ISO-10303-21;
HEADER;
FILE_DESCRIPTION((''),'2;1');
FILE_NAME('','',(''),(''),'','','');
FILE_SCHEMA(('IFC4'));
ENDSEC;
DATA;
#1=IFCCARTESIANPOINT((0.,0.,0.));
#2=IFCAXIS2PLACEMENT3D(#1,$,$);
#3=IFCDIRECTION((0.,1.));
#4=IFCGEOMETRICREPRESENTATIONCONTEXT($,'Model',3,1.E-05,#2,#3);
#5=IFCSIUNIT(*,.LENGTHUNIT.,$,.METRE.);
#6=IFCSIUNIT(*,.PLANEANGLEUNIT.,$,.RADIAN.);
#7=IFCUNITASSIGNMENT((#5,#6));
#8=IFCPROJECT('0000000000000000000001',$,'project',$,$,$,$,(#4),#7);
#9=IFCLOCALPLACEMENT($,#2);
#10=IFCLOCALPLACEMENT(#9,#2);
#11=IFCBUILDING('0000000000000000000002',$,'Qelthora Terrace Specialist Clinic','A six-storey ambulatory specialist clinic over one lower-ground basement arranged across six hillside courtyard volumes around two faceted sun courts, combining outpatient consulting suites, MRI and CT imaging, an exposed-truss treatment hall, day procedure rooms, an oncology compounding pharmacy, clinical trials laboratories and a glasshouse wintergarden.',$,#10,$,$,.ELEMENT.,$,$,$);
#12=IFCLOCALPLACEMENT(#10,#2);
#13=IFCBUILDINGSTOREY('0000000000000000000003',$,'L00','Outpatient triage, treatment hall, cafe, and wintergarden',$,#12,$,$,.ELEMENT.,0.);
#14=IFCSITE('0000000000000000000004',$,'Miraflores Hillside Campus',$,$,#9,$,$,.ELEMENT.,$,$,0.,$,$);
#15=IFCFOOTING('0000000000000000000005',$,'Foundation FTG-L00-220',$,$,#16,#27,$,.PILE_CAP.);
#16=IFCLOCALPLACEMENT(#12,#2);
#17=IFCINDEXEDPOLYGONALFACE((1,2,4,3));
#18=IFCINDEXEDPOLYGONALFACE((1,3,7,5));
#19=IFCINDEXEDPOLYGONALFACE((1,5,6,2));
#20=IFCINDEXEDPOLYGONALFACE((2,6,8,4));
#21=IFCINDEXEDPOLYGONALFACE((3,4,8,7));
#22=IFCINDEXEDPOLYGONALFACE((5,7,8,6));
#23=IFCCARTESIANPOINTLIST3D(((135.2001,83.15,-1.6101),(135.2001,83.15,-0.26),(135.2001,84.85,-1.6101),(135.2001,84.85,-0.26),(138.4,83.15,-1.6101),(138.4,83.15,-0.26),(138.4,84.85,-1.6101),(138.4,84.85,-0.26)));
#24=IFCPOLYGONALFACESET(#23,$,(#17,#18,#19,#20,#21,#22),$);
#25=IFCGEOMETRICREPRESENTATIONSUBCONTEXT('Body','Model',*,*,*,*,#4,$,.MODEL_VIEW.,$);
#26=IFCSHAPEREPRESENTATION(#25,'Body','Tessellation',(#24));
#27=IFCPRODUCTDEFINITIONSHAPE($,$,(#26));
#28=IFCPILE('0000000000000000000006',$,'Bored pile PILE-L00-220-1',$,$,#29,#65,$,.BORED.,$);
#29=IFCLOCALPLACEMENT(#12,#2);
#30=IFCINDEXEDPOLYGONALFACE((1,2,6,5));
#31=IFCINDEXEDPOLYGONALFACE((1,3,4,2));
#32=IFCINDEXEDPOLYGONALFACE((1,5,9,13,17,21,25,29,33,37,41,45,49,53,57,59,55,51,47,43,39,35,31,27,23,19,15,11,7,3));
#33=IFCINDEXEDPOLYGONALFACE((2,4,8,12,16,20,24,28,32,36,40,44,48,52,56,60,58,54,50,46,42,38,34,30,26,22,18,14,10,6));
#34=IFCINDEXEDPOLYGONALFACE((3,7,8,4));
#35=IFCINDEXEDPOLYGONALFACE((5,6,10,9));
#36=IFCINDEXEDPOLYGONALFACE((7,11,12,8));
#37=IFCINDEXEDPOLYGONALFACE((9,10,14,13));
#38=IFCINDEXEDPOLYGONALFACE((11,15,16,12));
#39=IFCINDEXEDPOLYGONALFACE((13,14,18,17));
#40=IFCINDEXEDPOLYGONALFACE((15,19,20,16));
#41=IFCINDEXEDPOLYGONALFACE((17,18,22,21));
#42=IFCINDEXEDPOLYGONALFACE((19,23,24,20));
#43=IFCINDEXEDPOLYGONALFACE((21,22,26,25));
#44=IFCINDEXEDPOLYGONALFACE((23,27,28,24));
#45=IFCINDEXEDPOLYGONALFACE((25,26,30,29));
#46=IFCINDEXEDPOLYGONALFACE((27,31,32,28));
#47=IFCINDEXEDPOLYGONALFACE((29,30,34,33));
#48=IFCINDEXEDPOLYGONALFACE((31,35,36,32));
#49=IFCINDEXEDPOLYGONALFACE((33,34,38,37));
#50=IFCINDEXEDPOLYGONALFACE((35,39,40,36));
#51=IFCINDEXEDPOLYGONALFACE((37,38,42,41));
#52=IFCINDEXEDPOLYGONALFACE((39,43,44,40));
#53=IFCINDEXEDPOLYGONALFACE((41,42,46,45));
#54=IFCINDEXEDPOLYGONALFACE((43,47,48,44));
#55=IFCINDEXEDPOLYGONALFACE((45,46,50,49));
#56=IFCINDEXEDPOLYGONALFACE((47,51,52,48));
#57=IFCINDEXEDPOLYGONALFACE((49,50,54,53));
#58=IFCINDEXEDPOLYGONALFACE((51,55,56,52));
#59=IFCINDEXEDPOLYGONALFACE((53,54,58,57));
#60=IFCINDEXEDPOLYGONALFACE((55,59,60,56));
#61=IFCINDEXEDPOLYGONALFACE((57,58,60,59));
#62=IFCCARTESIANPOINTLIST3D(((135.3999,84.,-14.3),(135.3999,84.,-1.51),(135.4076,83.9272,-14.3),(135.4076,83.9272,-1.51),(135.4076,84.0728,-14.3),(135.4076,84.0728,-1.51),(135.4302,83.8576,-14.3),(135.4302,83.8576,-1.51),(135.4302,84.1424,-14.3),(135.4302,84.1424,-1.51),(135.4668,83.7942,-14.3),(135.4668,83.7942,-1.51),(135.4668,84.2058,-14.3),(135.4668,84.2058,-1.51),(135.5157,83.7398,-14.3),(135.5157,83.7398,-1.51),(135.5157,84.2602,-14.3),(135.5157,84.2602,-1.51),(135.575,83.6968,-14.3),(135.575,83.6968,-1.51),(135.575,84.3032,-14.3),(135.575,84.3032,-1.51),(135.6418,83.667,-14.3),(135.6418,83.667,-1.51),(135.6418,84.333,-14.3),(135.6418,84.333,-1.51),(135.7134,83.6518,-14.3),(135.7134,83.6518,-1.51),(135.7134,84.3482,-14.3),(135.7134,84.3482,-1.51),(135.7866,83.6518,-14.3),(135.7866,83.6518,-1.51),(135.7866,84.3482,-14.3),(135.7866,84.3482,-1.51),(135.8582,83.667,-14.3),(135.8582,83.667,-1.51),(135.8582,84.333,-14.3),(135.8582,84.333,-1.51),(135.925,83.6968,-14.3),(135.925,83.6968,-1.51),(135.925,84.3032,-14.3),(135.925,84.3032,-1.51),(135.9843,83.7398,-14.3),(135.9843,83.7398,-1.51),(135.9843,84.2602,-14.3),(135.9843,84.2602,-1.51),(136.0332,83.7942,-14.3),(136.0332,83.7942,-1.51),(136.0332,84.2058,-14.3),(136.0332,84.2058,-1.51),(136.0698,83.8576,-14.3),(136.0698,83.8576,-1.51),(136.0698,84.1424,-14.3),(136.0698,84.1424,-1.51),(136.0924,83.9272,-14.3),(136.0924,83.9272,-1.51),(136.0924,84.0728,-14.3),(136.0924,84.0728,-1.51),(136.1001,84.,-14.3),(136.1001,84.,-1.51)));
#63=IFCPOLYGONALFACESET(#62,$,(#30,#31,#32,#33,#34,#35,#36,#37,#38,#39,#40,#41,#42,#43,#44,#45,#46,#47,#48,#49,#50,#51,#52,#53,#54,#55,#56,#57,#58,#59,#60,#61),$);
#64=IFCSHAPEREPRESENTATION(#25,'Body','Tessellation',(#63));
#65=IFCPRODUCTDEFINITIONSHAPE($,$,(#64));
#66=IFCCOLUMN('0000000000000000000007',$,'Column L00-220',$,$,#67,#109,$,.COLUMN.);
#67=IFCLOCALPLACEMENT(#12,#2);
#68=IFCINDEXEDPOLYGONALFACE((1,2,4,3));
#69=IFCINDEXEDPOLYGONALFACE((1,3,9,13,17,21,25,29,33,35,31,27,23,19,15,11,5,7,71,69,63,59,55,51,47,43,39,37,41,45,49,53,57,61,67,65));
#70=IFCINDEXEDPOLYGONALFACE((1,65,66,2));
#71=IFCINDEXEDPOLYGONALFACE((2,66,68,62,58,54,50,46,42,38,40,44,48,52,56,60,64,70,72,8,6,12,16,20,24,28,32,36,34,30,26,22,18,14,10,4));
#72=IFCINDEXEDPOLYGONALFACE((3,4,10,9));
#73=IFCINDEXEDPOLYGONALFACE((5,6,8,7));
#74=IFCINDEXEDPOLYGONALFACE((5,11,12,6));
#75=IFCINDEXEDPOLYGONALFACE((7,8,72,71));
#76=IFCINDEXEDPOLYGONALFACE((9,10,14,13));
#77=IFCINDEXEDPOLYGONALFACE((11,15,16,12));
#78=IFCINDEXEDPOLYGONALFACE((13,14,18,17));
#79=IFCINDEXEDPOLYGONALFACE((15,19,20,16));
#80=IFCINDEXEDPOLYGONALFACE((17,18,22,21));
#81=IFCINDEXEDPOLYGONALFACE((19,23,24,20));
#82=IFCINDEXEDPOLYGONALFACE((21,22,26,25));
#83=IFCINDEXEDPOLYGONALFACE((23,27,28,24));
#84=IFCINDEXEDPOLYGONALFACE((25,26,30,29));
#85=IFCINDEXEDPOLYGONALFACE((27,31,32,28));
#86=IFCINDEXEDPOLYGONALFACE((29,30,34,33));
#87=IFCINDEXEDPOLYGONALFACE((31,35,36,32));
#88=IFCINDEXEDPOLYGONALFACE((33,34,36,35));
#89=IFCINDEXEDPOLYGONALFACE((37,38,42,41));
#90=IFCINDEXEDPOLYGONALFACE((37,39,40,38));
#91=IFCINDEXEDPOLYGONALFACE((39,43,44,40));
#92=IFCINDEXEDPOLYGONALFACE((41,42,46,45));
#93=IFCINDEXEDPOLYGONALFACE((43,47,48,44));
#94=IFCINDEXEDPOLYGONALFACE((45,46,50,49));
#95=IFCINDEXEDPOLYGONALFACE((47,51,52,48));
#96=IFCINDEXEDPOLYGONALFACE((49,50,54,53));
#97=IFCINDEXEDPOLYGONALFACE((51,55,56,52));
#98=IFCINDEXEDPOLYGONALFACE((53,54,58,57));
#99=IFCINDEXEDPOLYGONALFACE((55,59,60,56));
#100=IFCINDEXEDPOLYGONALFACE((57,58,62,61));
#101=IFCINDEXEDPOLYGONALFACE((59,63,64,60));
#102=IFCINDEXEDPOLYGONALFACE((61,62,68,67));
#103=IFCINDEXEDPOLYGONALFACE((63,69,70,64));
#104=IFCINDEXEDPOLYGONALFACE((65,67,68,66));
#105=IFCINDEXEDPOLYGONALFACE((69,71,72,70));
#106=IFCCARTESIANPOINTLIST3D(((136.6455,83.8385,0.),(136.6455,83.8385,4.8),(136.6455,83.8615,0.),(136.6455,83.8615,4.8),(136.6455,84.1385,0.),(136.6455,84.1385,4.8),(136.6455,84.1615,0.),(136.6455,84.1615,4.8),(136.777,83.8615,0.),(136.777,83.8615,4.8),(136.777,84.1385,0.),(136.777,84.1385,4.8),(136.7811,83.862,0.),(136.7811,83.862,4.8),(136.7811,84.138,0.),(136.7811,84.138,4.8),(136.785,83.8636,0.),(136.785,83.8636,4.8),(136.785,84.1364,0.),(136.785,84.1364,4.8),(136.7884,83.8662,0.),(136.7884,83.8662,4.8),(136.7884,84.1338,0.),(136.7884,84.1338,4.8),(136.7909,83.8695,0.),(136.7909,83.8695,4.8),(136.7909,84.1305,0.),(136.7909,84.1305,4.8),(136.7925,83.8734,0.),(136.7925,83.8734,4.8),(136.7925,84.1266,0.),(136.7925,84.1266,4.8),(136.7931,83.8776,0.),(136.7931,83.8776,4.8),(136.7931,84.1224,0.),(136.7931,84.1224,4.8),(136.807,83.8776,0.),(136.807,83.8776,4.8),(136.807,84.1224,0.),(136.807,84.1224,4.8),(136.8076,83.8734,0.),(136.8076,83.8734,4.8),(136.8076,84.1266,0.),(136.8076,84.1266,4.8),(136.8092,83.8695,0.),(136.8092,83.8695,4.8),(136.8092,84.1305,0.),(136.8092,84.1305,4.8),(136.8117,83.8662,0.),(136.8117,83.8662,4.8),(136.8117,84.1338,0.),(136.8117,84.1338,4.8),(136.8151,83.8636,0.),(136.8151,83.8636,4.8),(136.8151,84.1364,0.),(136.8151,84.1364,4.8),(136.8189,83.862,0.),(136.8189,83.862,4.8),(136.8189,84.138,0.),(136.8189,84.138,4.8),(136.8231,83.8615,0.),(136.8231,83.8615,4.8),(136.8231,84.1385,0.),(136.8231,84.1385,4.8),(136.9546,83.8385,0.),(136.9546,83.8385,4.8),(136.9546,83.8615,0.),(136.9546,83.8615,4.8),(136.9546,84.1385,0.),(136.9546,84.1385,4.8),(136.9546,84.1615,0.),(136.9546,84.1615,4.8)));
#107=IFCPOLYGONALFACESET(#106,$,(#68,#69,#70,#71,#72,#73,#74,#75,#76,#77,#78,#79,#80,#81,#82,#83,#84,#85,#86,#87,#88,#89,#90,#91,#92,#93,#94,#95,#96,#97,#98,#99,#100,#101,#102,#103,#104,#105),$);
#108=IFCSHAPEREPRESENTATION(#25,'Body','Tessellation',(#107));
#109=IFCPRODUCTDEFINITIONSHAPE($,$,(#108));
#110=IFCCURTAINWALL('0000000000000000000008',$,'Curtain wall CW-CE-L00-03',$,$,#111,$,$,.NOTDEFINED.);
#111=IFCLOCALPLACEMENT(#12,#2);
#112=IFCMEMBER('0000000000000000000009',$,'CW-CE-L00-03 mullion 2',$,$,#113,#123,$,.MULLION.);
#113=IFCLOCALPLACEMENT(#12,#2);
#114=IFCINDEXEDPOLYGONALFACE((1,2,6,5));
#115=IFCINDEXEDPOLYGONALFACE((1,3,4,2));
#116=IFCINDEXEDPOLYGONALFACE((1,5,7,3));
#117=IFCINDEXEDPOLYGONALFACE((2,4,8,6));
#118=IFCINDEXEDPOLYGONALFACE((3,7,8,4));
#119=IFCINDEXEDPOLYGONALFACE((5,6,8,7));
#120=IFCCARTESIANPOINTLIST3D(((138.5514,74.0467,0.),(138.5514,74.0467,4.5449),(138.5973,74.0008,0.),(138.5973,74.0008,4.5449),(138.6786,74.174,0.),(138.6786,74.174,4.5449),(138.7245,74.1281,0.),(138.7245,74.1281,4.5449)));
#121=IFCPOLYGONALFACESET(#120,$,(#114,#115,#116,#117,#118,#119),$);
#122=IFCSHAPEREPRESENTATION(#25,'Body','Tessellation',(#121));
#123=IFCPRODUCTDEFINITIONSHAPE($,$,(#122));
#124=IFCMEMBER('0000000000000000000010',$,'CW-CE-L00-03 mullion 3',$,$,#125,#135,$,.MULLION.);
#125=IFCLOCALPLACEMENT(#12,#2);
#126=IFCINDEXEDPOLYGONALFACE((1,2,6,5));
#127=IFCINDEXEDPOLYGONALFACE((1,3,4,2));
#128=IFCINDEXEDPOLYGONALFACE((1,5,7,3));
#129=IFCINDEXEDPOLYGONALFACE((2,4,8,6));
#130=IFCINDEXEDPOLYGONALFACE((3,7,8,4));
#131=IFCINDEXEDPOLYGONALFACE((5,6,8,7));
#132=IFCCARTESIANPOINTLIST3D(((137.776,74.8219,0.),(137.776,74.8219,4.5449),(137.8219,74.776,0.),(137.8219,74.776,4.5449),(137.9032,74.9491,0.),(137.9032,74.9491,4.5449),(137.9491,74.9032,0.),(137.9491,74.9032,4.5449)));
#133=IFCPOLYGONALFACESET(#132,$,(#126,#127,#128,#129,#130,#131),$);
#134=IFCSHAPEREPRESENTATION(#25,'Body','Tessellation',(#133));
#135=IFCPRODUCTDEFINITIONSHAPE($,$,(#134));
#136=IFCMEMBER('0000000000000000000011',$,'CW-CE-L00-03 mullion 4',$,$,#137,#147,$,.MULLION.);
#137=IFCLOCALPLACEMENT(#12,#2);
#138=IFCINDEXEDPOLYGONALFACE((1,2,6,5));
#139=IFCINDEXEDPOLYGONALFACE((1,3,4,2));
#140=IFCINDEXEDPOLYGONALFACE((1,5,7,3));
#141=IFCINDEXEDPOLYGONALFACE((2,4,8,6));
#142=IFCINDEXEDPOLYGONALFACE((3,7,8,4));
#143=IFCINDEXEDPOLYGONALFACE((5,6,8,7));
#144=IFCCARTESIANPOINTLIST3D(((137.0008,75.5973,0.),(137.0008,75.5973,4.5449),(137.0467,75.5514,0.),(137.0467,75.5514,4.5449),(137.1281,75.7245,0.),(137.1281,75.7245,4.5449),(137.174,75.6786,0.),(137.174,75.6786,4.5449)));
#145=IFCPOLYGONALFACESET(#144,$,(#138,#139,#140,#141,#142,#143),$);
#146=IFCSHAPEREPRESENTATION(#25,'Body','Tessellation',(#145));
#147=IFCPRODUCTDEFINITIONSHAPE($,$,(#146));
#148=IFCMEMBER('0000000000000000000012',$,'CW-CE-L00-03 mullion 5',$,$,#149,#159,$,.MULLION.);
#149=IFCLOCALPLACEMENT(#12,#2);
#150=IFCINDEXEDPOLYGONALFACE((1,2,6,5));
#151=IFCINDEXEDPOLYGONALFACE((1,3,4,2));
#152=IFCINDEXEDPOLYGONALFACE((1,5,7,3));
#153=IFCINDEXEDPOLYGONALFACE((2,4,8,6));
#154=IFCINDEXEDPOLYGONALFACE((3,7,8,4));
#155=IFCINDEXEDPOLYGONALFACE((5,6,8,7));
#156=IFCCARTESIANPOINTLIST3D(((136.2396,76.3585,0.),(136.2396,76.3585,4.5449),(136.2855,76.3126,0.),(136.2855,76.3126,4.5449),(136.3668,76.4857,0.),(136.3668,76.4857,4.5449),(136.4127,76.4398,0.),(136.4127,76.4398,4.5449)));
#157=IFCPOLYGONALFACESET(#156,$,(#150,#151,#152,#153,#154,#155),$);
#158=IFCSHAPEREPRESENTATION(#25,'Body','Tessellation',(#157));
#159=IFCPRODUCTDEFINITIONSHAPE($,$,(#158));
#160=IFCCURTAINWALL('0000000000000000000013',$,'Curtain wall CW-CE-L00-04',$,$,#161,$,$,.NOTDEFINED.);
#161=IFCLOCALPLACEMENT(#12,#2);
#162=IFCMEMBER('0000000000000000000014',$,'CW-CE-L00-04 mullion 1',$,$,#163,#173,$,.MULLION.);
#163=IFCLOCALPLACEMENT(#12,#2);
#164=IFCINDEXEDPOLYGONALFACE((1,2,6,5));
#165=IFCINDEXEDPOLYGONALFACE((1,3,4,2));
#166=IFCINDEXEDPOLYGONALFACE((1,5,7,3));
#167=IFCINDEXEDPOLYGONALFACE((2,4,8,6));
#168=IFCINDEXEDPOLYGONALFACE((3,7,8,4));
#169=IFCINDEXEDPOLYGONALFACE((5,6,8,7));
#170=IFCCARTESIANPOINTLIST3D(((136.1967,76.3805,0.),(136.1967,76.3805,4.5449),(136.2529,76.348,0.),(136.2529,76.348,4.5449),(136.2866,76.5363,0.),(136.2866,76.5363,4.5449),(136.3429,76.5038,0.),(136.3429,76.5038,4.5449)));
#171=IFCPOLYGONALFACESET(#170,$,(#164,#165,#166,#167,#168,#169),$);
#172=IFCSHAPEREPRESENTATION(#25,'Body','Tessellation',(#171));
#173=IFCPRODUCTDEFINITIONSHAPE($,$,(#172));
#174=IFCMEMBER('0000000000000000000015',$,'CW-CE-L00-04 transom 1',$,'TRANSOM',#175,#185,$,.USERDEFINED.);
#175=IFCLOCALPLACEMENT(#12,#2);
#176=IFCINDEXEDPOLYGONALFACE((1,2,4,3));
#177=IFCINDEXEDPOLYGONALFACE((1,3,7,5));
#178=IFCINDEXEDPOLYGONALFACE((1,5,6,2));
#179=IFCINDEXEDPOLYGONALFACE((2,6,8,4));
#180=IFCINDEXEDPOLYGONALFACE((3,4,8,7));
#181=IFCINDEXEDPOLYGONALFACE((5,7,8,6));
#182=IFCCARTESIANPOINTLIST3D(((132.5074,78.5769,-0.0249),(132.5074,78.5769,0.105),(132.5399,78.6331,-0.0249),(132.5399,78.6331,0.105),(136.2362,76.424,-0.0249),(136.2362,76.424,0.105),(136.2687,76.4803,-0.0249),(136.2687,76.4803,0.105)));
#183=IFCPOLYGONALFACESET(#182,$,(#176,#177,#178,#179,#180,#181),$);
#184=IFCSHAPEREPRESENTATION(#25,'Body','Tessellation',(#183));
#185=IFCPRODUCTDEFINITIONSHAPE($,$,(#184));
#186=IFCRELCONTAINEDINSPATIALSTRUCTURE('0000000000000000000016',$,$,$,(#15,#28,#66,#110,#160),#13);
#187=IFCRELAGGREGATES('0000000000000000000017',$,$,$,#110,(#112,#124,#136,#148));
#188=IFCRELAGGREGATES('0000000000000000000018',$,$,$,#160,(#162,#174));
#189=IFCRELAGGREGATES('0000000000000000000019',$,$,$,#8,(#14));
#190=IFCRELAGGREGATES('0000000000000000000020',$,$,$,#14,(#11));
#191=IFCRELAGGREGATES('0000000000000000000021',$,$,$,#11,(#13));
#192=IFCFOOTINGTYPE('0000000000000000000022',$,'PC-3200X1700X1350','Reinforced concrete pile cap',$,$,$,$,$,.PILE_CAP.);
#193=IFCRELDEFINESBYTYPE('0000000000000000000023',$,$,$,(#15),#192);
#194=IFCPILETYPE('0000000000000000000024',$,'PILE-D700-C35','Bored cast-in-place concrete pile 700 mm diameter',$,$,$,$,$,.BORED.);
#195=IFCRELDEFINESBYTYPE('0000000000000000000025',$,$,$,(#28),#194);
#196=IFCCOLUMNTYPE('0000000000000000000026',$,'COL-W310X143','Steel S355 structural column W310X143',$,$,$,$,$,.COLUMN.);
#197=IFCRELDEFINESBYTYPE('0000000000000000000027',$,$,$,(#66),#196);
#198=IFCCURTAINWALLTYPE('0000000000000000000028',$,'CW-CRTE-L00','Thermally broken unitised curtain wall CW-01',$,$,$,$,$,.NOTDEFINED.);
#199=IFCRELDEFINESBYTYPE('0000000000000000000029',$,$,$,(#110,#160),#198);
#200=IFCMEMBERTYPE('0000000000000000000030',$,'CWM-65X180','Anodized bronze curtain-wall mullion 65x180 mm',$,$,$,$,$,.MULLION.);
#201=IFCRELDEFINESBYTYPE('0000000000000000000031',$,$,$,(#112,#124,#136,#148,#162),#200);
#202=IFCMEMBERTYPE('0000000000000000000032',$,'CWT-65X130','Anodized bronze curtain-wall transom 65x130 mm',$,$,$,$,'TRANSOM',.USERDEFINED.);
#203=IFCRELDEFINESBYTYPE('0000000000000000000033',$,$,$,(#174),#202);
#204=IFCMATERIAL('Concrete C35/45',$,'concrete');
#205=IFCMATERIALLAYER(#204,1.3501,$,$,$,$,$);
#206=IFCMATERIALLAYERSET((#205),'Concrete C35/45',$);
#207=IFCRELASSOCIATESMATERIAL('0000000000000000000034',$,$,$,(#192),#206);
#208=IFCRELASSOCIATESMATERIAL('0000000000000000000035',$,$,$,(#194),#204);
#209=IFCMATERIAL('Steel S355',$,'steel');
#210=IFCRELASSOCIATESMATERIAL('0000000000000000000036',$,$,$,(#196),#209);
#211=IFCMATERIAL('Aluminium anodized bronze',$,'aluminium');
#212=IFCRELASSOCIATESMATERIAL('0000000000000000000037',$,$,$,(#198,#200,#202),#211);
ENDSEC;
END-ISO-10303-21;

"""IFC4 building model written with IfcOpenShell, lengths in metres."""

from ifc_helpers import new_model, si_unit, direction, frame, origin, origin_2d, place, context, subcontext, project, spatial, rectangle, circle, i_section, extrude, material, layer, layer_set, material_profile, profile_set, type_object, element, aggregate, save


model = new_model("IFC4")

# Units and contexts
model_context = context("Model", 3, precision=1e-05, world=origin(), true_north=direction((0.0, 1.0)))
body_context = subcontext(model_context, "Body", "Model", "MODEL_VIEW")
ifc_project = project(units=[si_unit("LENGTHUNIT", "METRE"), si_unit("PLANEANGLEUNIT", "RADIAN")], contexts=[model_context])

# Site, building, storey
site_placement = place(None, origin())
site = spatial("IfcSite", under=ifc_project, at=site_placement, Name="Miraflores Hillside Campus", CompositionType="ELEMENT", RefElevation=0.0)
building_placement = place(site_placement, origin())
building = spatial("IfcBuilding", under=site, at=building_placement, Name="Qelthora Terrace Specialist Clinic", Description="A six-storey ambulatory specialist clinic over one lower-ground basement arranged across six hillside courtyard volumes around two faceted sun courts, combining outpatient consulting suites, MRI and CT imaging, an exposed-truss treatment hall, day procedure rooms, an oncology compounding pharmacy, clinical trials laboratories and a glasshouse wintergarden.", CompositionType="ELEMENT")
storey_placement = place(building_placement, origin())
storey = spatial("IfcBuildingStorey", under=building, at=storey_placement, Name="L00", Description="Outpatient triage, treatment hall, cafe, and wintergarden", CompositionType="ELEMENT", Elevation=0.0)

# Footing
ifc_material_1 = material(Name="Concrete C35/45", Category="concrete")
ifc_layer_1 = layer(ifc_material_1, 1.3501)
ifc_layer_set_1 = layer_set([ifc_layer_1], Name="Concrete C35/45")
footing_type = type_object("IfcFootingType", Name="PC-3200X1700X1350", Description="Reinforced concrete pile cap", PredefinedType="PILE_CAP", material=ifc_layer_set_1)
footing_placement = place(storey_placement, frame((136.8, 84.0, -1.6101), z_axis=(0.0, 0.0, 1.0), x_axis=(1.0, 0.0, 0.0)))
element("IfcFooting", 1, at=footing_placement, inside=storey, type_object=footing_type, Name="Foundation FTG-L00-220", PredefinedType="PILE_CAP", context=body_context, shape_type="SweptSolid", body=[
    extrude(rectangle(XDim=3.2, YDim=1.7, at=origin_2d()), origin(), (0.0, 0.0, 1.0), 1.3501),
])

# Pile
ifc_material_profile_1 = material_profile(ifc_material_1, circle(Radius=0.3501, at=origin_2d()), Name="PILE700")
ifc_profile_set_1 = profile_set([ifc_material_profile_1], Name="Concrete C35/45")
pile_type = type_object("IfcPileType", Name="PILE-D700-C35", Description="Bored cast-in-place concrete pile 700 mm diameter", PredefinedType="BORED", material=ifc_profile_set_1)
pile_placement = place(storey_placement, frame((135.75, 84.0, -1.51), z_axis=(0.0, 0.0, -1.0), x_axis=(1.0, 0.0, 0.0)))
element("IfcPile", 2, at=pile_placement, inside=storey, type_object=pile_type, Name="Bored pile PILE-L00-220-1", PredefinedType="BORED", context=body_context, shape_type="SweptSolid", body=[
    extrude(circle(Radius=0.3501, at=origin_2d()), origin(), (0.0, 0.0, 1.0), 12.79),
])

# Column
ifc_material_2 = material(Name="Steel S355", Category="steel")
ifc_material_profile_2 = material_profile(ifc_material_2, i_section(OverallWidth=0.3091, OverallDepth=0.323, WebThickness=0.0139, FlangeThickness=0.0229, FilletRadius=0.0161, at=origin_2d()), Name="W310X143")
ifc_profile_set_2 = profile_set([ifc_material_profile_2], Name="Steel S355")
column_type = type_object("IfcColumnType", Name="COL-W310X143", Description="Steel S355 structural column W310X143", PredefinedType="COLUMN", material=ifc_profile_set_2)
column_placement = place(storey_placement, frame((136.8, 84.0, 0.0), z_axis=(0.0, 0.0, 1.0), x_axis=(1.0, 0.0, 0.0)))
element("IfcColumn", 3, at=column_placement, inside=storey, type_object=column_type, Name="Column L00-220", PredefinedType="COLUMN", context=body_context, shape_type="SweptSolid", body=[
    extrude(i_section(OverallWidth=0.3091, OverallDepth=0.323, WebThickness=0.0139, FlangeThickness=0.0229, FilletRadius=0.0161, at=origin_2d()), origin(), (0.0, 0.0, 1.0), 4.8),
])

# Curtain walls, members
ifc_material_3 = material(Name="Aluminium anodized bronze", Category="aluminium")
curtain_wall_type = type_object("IfcCurtainWallType", Name="CW-CRTE-L00", Description="Thermally broken unitised curtain wall CW-01", PredefinedType="NOTDEFINED", material=ifc_material_3)
curtain_wall_1_placement = place(storey_placement, origin())
curtain_wall_1 = element("IfcCurtainWall", 4, at=curtain_wall_1_placement, inside=storey, type_object=curtain_wall_type, Name="Curtain wall CW-CE-L00-03", PredefinedType="NOTDEFINED")
ifc_material_profile_3 = material_profile(ifc_material_3, rectangle(XDim=0.0649, YDim=0.1799, at=origin_2d()), Name="CWM65X180")
ifc_profile_set_3 = profile_set([ifc_material_profile_3], Name="Aluminium anodized bronze")
member_type_1 = type_object("IfcMemberType", Name="CWM-65X180", Description="Anodized bronze curtain-wall mullion 65x180 mm", PredefinedType="MULLION", material=ifc_profile_set_3)
member_1_placement = place(storey_placement, frame((138.6379, 74.0874, 0.0), z_axis=(0.0, 0.0, 1.0), x_axis=(-0.707107, 0.707107, 0.0)))
member_1 = element("IfcMember", 5, at=member_1_placement, type_object=member_type_1, Name="CW-CE-L00-03 mullion 2", PredefinedType="MULLION", context=body_context, shape_type="SweptSolid", body=[
    extrude(rectangle(XDim=0.0649, YDim=0.1799, at=origin_2d()), origin(), (0.0, 0.0, 1.0), 4.5449),
])
member_2_placement = place(storey_placement, frame((137.8625, 74.8625, 0.0), z_axis=(0.0, 0.0, 1.0), x_axis=(-0.707107, 0.707107, 0.0)))
member_2 = element("IfcMember", 6, at=member_2_placement, type_object=member_type_1, Name="CW-CE-L00-03 mullion 3", PredefinedType="MULLION", context=body_context, shape_type="SweptSolid", body=[
    extrude(rectangle(XDim=0.0649, YDim=0.1799, at=origin_2d()), origin(), (0.0, 0.0, 1.0), 4.5449),
])
member_3_placement = place(storey_placement, frame((137.0874, 75.6379, 0.0), z_axis=(0.0, 0.0, 1.0), x_axis=(-0.707107, 0.707107, 0.0)))
member_3 = element("IfcMember", 7, at=member_3_placement, type_object=member_type_1, Name="CW-CE-L00-03 mullion 4", PredefinedType="MULLION", context=body_context, shape_type="SweptSolid", body=[
    extrude(rectangle(XDim=0.0649, YDim=0.1799, at=origin_2d()), origin(), (0.0, 0.0, 1.0), 4.5449),
])
member_4_placement = place(storey_placement, frame((136.3262, 76.3992, 0.0), z_axis=(0.0, 0.0, 1.0), x_axis=(-0.707107, 0.707107, 0.0)))
member_4 = element("IfcMember", 8, at=member_4_placement, type_object=member_type_1, Name="CW-CE-L00-03 mullion 5", PredefinedType="MULLION", context=body_context, shape_type="SweptSolid", body=[
    extrude(rectangle(XDim=0.0649, YDim=0.1799, at=origin_2d()), origin(), (0.0, 0.0, 1.0), 4.5449),
])
curtain_wall_2_placement = place(storey_placement, origin())
curtain_wall_2 = element("IfcCurtainWall", 9, at=curtain_wall_2_placement, inside=storey, type_object=curtain_wall_type, Name="Curtain wall CW-CE-L00-04", PredefinedType="NOTDEFINED")
member_5_placement = place(storey_placement, frame((136.2698, 76.4421, 0.0), z_axis=(0.0, 0.0, 1.0), x_axis=(-0.866025, 0.5, 0.0)))
member_5 = element("IfcMember", 10, at=member_5_placement, type_object=member_type_1, Name="CW-CE-L00-04 mullion 1", PredefinedType="MULLION", context=body_context, shape_type="SweptSolid", body=[
    extrude(rectangle(XDim=0.0649, YDim=0.1799, at=origin_2d()), origin(), (0.0, 0.0, 1.0), 4.5449),
])
ifc_material_profile_4 = material_profile(ifc_material_3, rectangle(XDim=0.0649, YDim=0.1299, at=origin_2d()), Name="CWT65X130")
ifc_profile_set_4 = profile_set([ifc_material_profile_4], Name="Aluminium anodized bronze")
member_type_2 = type_object("IfcMemberType", Name="CWT-65X130", Description="Anodized bronze curtain-wall transom 65x130 mm", ElementType="TRANSOM", PredefinedType="USERDEFINED", material=ifc_profile_set_4)
member_6_placement = place(storey_placement, frame((136.2524, 76.4521, 0.04), z_axis=(-0.866022, 0.500006, 0.0), x_axis=(-0.500006, -0.866022, 0.0)))
member_6 = element("IfcMember", 11, at=member_6_placement, type_object=member_type_2, Name="CW-CE-L00-04 transom 1", ObjectType="TRANSOM", PredefinedType="USERDEFINED", context=body_context, shape_type="SweptSolid", body=[
    extrude(rectangle(XDim=0.0649, YDim=0.1299, at=origin_2d()), origin(), (0.0, 0.0, 1.0), 4.3057),
])

aggregate(curtain_wall_1, [member_1, member_2, member_3, member_4])
aggregate(curtain_wall_2, [member_5, member_6])

save(model, "model.ifc")
